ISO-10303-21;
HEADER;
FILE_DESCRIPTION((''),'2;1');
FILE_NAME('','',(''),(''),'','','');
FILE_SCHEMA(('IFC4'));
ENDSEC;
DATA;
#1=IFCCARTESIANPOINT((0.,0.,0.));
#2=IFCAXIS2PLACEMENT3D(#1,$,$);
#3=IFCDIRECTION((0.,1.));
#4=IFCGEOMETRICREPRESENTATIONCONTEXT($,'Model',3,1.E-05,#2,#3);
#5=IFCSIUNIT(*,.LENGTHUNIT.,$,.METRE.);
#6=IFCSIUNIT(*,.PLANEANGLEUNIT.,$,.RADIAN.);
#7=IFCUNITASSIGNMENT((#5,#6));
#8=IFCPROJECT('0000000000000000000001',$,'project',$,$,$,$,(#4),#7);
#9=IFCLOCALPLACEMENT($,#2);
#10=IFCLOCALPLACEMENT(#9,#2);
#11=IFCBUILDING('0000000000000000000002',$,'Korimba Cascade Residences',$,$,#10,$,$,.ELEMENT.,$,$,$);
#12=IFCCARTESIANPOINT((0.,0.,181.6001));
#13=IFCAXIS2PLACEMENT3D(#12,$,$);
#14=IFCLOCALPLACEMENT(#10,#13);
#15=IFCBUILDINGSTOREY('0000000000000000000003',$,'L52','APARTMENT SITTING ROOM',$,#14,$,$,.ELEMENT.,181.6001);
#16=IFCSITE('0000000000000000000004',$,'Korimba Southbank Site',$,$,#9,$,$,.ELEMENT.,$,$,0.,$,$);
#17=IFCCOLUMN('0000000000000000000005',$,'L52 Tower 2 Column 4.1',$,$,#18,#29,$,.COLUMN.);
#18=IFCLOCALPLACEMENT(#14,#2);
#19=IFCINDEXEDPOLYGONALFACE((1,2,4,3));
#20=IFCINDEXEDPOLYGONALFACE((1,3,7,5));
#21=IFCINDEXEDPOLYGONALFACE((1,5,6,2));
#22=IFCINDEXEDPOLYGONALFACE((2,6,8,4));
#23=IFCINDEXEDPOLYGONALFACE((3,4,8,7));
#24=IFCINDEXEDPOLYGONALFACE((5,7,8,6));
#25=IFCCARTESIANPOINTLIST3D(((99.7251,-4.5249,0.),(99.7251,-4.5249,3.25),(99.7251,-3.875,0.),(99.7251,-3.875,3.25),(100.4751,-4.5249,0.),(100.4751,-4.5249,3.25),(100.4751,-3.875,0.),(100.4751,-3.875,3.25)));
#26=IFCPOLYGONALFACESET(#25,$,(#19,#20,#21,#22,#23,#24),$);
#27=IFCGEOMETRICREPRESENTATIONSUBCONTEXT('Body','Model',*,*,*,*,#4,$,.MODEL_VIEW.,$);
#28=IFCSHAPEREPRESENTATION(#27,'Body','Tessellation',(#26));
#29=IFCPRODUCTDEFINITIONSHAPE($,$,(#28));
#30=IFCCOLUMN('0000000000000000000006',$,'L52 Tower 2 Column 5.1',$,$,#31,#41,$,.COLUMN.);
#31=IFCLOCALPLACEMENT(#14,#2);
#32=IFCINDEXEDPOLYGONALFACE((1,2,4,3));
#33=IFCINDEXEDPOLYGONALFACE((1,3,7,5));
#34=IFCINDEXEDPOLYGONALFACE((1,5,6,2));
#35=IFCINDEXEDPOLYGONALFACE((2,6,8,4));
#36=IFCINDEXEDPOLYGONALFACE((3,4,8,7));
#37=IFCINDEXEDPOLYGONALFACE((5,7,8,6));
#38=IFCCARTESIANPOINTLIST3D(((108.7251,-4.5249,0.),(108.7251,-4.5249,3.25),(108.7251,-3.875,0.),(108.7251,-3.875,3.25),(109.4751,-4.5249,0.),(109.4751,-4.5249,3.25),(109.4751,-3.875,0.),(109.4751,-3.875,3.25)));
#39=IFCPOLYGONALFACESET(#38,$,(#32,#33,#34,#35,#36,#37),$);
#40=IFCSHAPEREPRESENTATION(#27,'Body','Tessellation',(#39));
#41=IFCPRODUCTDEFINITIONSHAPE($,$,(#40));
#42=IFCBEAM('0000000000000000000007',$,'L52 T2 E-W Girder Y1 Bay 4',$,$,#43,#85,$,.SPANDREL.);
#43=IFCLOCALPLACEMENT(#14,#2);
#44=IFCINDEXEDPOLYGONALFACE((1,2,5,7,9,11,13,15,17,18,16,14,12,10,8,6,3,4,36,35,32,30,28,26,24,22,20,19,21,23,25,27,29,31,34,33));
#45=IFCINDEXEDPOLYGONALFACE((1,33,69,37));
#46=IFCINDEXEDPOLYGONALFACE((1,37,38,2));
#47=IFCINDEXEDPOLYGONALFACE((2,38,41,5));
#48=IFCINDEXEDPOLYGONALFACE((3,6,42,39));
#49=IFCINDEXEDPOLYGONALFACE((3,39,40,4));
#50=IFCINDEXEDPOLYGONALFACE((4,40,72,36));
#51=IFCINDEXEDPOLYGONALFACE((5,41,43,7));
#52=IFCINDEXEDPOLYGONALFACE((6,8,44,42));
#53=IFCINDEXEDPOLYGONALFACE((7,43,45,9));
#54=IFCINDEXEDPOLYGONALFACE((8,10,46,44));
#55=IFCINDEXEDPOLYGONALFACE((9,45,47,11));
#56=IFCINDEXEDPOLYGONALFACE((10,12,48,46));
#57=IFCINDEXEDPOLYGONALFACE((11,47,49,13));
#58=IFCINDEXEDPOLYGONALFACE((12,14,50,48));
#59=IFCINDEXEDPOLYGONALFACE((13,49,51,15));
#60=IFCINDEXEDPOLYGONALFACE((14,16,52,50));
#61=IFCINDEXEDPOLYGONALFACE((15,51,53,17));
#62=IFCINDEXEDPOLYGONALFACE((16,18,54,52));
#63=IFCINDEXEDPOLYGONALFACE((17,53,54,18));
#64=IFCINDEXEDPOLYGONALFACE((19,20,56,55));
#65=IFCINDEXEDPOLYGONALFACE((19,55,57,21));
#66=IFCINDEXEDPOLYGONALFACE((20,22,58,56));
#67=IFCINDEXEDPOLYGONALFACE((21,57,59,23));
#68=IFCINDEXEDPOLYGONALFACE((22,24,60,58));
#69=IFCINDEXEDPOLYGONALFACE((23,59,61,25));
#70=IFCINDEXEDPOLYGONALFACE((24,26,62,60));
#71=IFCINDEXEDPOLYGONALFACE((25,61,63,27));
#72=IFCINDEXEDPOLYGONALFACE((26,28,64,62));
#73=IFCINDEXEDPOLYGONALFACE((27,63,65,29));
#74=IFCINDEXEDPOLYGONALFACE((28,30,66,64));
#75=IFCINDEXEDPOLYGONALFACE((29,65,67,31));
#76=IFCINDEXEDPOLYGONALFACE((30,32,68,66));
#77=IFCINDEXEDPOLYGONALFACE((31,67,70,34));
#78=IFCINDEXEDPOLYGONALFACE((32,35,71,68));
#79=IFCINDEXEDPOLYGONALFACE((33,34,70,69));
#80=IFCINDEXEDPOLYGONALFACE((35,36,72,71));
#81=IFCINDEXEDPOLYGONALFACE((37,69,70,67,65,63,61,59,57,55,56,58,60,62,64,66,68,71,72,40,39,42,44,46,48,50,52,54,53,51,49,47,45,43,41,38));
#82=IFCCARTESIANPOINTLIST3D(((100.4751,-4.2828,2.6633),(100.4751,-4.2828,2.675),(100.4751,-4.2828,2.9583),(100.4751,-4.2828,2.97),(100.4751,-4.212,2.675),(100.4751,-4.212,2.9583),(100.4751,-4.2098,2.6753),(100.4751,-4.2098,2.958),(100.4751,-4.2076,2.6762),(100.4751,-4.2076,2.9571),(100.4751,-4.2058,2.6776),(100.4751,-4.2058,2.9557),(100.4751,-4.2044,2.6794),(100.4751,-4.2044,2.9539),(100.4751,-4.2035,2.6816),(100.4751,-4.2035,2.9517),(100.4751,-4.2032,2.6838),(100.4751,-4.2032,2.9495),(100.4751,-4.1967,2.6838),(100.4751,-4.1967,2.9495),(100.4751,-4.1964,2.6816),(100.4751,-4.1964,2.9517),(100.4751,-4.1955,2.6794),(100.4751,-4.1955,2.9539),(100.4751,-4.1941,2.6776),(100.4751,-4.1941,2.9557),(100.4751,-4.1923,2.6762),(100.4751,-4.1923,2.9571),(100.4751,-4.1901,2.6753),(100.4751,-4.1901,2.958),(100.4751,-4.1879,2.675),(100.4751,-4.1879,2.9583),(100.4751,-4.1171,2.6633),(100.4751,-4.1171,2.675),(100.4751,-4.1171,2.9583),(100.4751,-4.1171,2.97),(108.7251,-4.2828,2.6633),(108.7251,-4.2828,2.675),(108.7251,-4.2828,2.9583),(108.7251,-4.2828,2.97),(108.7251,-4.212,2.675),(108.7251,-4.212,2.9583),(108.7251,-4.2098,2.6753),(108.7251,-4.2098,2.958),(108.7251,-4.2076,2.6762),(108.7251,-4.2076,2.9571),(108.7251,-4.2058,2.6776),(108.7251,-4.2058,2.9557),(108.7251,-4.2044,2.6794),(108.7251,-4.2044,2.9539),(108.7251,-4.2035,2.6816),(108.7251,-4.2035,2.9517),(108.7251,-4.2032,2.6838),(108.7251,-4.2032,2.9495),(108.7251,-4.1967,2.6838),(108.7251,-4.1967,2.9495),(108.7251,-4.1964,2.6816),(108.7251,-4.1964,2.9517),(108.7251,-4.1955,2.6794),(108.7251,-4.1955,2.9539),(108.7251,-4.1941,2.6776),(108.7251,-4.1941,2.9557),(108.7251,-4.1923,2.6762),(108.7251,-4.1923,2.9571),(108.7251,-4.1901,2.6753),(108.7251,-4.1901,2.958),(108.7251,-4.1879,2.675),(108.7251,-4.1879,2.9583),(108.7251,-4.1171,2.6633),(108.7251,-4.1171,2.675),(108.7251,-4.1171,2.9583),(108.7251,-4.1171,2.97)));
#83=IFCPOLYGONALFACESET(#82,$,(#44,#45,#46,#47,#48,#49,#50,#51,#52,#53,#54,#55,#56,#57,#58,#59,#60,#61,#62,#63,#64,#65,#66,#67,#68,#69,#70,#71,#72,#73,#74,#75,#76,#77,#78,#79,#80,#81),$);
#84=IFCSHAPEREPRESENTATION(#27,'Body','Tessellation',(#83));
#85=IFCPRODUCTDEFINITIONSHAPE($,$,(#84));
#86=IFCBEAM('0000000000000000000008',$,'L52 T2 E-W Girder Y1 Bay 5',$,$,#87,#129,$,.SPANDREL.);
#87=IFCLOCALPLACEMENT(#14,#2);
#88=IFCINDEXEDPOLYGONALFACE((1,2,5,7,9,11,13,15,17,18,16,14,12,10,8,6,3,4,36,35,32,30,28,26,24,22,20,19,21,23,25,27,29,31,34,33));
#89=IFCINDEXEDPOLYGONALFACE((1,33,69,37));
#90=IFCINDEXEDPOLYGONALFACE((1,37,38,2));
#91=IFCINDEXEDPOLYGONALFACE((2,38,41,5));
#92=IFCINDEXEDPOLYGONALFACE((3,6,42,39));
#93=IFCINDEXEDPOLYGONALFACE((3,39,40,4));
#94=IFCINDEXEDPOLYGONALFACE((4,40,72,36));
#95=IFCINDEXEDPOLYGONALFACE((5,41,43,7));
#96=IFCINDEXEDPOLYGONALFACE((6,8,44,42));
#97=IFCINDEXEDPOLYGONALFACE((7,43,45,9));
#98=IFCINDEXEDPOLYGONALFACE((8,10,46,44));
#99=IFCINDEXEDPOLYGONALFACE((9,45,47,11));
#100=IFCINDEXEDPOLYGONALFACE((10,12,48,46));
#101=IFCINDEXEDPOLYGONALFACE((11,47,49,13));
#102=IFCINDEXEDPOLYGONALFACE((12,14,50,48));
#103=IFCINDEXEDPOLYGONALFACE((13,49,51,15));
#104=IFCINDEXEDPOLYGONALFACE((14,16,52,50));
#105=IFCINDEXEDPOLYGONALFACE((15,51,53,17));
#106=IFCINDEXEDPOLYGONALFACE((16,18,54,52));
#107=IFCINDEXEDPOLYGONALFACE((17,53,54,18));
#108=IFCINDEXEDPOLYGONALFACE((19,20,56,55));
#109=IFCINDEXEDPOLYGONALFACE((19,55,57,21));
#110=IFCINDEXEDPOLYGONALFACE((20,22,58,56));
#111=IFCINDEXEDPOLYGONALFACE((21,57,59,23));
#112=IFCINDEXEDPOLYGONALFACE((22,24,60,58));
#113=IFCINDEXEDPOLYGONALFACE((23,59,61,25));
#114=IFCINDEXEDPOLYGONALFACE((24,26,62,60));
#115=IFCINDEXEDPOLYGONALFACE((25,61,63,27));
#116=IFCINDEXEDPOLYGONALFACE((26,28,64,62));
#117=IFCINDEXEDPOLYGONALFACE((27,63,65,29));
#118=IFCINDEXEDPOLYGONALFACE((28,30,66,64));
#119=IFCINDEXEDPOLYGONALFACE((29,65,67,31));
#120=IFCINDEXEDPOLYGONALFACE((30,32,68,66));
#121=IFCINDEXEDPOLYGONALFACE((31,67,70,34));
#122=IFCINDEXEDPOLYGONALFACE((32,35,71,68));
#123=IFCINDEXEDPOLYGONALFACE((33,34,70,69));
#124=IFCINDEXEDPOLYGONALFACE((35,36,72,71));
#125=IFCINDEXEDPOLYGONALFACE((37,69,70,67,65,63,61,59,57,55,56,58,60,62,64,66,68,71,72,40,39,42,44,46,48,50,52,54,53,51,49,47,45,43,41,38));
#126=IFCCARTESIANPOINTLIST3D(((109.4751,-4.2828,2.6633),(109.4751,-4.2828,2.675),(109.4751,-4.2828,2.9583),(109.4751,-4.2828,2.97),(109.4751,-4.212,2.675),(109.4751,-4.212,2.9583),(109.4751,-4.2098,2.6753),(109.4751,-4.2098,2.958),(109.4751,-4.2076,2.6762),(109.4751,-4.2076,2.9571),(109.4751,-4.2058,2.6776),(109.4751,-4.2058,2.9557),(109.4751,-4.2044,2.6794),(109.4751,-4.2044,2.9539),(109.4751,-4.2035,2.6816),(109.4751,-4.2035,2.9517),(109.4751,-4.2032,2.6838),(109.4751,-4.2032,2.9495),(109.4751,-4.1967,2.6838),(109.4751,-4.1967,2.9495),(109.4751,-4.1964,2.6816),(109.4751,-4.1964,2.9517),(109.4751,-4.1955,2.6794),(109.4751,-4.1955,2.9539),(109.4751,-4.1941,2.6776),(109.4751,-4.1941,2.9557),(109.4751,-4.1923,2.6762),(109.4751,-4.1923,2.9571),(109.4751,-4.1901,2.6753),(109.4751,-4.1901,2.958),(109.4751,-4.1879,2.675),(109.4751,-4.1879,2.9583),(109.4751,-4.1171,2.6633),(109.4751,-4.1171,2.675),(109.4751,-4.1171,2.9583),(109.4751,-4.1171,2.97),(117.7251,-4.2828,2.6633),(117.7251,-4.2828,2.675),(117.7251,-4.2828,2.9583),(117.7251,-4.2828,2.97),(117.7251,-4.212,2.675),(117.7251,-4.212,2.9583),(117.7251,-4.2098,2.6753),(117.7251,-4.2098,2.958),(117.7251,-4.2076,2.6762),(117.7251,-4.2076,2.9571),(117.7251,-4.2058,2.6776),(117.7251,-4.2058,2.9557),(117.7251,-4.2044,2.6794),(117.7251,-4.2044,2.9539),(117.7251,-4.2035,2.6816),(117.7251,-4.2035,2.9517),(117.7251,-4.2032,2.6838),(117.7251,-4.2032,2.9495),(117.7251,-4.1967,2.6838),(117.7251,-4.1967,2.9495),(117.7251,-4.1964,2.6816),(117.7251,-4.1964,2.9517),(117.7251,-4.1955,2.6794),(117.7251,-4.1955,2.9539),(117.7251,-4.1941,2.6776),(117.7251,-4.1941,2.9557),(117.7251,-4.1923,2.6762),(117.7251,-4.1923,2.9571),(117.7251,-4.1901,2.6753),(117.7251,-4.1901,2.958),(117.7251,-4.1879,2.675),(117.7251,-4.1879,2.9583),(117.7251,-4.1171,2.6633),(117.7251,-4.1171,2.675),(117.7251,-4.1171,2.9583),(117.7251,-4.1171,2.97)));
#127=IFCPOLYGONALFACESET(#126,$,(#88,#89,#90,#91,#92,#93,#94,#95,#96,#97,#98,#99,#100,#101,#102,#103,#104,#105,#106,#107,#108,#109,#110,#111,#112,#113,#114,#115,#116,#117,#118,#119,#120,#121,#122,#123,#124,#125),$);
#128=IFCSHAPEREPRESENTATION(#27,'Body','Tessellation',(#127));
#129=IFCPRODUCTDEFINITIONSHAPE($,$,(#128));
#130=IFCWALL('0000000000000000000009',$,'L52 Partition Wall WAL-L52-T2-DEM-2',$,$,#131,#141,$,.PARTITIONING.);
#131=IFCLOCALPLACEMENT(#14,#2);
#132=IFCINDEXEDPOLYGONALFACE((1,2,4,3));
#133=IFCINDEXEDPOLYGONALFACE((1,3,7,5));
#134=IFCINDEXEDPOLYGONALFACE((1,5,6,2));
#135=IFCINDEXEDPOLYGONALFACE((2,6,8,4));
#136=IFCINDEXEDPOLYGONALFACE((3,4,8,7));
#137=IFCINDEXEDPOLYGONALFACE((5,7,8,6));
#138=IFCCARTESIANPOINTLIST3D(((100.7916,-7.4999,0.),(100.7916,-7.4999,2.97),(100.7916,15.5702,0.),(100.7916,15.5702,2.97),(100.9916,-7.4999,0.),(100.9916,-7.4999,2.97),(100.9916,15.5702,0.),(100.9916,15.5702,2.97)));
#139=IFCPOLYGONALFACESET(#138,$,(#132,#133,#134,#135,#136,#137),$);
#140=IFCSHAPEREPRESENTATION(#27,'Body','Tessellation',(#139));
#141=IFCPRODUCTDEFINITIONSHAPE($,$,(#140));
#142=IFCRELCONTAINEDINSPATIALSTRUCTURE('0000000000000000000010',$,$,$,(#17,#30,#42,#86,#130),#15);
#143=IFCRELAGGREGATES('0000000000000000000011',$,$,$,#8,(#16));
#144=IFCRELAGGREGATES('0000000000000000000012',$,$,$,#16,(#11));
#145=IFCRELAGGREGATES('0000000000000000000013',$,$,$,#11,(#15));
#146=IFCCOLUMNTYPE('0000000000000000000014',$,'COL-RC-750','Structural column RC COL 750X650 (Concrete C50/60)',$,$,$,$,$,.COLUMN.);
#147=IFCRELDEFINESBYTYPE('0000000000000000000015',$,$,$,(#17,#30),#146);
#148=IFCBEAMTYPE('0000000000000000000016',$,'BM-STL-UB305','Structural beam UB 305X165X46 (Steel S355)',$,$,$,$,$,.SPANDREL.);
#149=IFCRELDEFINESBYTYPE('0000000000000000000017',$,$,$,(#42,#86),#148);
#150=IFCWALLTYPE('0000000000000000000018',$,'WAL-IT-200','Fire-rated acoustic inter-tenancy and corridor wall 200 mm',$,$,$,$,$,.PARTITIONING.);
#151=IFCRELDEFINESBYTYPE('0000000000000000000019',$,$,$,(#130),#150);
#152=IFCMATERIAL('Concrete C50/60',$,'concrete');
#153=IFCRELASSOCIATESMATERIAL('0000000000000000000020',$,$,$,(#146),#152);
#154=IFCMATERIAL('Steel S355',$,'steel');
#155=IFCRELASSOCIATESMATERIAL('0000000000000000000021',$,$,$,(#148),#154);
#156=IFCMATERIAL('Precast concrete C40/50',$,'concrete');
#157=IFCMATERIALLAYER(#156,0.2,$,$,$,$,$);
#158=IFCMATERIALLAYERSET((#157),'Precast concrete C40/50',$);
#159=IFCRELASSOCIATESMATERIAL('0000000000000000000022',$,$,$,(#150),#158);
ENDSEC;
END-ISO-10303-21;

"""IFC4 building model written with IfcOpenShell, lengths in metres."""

from ifc_helpers import new_model, si_unit, direction, frame, frame_2d, origin, origin_2d, place, context, subcontext, project, spatial, rectangle, i_section, extrude, material, layer, layer_set, material_profile, profile_set, type_object, element, save


model = new_model("IFC4")

# Units and contexts
model_context = context("Model", 3, precision=1e-05, world=origin(), true_north=direction((0.0, 1.0)))
body_context = subcontext(model_context, "Body", "Model", "MODEL_VIEW")
ifc_project = project(units=[si_unit("LENGTHUNIT", "METRE"), si_unit("PLANEANGLEUNIT", "RADIAN")], contexts=[model_context])

# Site, building, storey
site_placement = place(None, origin())
site = spatial("IfcSite", under=ifc_project, at=site_placement, Name="Korimba Southbank Site", CompositionType="ELEMENT", RefElevation=0.0)
building_placement = place(site_placement, origin())
building = spatial("IfcBuilding", under=site, at=building_placement, Name="Korimba Cascade Residences", CompositionType="ELEMENT")
storey_placement = place(building_placement, frame((0.0, 0.0, 181.6001)))
storey = spatial("IfcBuildingStorey", under=building, at=storey_placement, Name="L52", Description="APARTMENT SITTING ROOM", CompositionType="ELEMENT", Elevation=181.6001)

# Columns
ifc_material_1 = material(Name="Concrete C50/60", Category="concrete")
ifc_material_profile_1 = material_profile(ifc_material_1, rectangle(XDim=0.75, YDim=0.6499, at=origin_2d()), Name="Concrete C50/60")
ifc_profile_set_1 = profile_set([ifc_material_profile_1], Name="Concrete C50/60")
column_type = type_object("IfcColumnType", Name="COL-RC-750", Description="Structural column RC COL 750X650 (Concrete C50/60)", PredefinedType="COLUMN", material=ifc_profile_set_1)
for number, where, z_axis, x_axis, name in (
    (1, (100.1001, -4.2, 0.0), (0.0, 0.0, 1.0), (1.0, 0.0, 0.0), "L52 Tower 2 Column 4.1"),
    (2, (109.1001, -4.2, 0.0), (0.0, 0.0, 1.0), (1.0, 0.0, 0.0), "L52 Tower 2 Column 5.1"),
):
    element("IfcColumn", number, at=place(storey_placement, frame(where, z_axis=z_axis, x_axis=x_axis)), inside=storey, type_object=column_type, Name=name, PredefinedType="COLUMN", context=body_context, shape_type="SweptSolid", body=[
        extrude(rectangle(XDim=0.75, YDim=0.6499, at=origin_2d()), origin(), (0.0, 0.0, 1.0), 3.25),
    ])

# Beams
ifc_material_2 = material(Name="Steel S355", Category="steel")
ifc_material_profile_2 = material_profile(ifc_material_2, i_section(OverallWidth=0.1658, OverallDepth=0.3066, WebThickness=0.0066, FlangeThickness=0.0117, FilletRadius=0.0088, at=origin_2d()), Name="Steel S355")
ifc_profile_set_2 = profile_set([ifc_material_profile_2], Name="Steel S355")
beam_type = type_object("IfcBeamType", Name="BM-STL-UB305", Description="Structural beam UB 305X165X46 (Steel S355)", PredefinedType="SPANDREL", material=ifc_profile_set_2)
for number, where, z_axis, x_axis, name in (
    (3, (100.4751, -4.2, 2.8167), (1.0, 0.0, 0.0), (0.0, 1.0, 0.0), "L52 T2 E-W Girder Y1 Bay 4"),
    (4, (109.4751, -4.2, 2.8167), (1.0, 0.0, 0.0), (0.0, 1.0, 0.0), "L52 T2 E-W Girder Y1 Bay 5"),
):
    element("IfcBeam", number, at=place(storey_placement, frame(where, z_axis=z_axis, x_axis=x_axis)), inside=storey, type_object=beam_type, Name=name, PredefinedType="SPANDREL", context=body_context, shape_type="SweptSolid", body=[
        extrude(i_section(OverallWidth=0.1658, OverallDepth=0.3066, WebThickness=0.0066, FlangeThickness=0.0117, FilletRadius=0.0088, at=origin_2d()), origin(), (0.0, 0.0, 1.0), 8.25),
    ])

# Wall
ifc_material_3 = material(Name="Precast concrete C40/50", Category="concrete")
ifc_layer_1 = layer(ifc_material_3, 0.2)
ifc_layer_set_1 = layer_set([ifc_layer_1], Name="Precast concrete C40/50")
wall_type_1 = type_object("IfcWallType", Name="WAL-IT-200", Description="Fire-rated acoustic inter-tenancy and corridor wall 200 mm", PredefinedType="PARTITIONING", material=ifc_layer_set_1)
wall_1_placement = place(storey_placement, frame((100.8916, -7.5, 0.0), z_axis=(0.0, 0.0, 1.0), x_axis=(0.0, 1.0, 0.0)))
element("IfcWall", 5, at=wall_1_placement, inside=storey, type_object=wall_type_1, Name="L52 Partition Wall WAL-L52-T2-DEM-2", PredefinedType="PARTITIONING", context=body_context, shape_type="SweptSolid", body=[
    extrude(rectangle(XDim=23.0701, YDim=0.2, at=frame_2d((11.5352, 0.0))), origin(), (0.0, 0.0, 1.0), 2.97),
])

save(model, "model.ifc")
